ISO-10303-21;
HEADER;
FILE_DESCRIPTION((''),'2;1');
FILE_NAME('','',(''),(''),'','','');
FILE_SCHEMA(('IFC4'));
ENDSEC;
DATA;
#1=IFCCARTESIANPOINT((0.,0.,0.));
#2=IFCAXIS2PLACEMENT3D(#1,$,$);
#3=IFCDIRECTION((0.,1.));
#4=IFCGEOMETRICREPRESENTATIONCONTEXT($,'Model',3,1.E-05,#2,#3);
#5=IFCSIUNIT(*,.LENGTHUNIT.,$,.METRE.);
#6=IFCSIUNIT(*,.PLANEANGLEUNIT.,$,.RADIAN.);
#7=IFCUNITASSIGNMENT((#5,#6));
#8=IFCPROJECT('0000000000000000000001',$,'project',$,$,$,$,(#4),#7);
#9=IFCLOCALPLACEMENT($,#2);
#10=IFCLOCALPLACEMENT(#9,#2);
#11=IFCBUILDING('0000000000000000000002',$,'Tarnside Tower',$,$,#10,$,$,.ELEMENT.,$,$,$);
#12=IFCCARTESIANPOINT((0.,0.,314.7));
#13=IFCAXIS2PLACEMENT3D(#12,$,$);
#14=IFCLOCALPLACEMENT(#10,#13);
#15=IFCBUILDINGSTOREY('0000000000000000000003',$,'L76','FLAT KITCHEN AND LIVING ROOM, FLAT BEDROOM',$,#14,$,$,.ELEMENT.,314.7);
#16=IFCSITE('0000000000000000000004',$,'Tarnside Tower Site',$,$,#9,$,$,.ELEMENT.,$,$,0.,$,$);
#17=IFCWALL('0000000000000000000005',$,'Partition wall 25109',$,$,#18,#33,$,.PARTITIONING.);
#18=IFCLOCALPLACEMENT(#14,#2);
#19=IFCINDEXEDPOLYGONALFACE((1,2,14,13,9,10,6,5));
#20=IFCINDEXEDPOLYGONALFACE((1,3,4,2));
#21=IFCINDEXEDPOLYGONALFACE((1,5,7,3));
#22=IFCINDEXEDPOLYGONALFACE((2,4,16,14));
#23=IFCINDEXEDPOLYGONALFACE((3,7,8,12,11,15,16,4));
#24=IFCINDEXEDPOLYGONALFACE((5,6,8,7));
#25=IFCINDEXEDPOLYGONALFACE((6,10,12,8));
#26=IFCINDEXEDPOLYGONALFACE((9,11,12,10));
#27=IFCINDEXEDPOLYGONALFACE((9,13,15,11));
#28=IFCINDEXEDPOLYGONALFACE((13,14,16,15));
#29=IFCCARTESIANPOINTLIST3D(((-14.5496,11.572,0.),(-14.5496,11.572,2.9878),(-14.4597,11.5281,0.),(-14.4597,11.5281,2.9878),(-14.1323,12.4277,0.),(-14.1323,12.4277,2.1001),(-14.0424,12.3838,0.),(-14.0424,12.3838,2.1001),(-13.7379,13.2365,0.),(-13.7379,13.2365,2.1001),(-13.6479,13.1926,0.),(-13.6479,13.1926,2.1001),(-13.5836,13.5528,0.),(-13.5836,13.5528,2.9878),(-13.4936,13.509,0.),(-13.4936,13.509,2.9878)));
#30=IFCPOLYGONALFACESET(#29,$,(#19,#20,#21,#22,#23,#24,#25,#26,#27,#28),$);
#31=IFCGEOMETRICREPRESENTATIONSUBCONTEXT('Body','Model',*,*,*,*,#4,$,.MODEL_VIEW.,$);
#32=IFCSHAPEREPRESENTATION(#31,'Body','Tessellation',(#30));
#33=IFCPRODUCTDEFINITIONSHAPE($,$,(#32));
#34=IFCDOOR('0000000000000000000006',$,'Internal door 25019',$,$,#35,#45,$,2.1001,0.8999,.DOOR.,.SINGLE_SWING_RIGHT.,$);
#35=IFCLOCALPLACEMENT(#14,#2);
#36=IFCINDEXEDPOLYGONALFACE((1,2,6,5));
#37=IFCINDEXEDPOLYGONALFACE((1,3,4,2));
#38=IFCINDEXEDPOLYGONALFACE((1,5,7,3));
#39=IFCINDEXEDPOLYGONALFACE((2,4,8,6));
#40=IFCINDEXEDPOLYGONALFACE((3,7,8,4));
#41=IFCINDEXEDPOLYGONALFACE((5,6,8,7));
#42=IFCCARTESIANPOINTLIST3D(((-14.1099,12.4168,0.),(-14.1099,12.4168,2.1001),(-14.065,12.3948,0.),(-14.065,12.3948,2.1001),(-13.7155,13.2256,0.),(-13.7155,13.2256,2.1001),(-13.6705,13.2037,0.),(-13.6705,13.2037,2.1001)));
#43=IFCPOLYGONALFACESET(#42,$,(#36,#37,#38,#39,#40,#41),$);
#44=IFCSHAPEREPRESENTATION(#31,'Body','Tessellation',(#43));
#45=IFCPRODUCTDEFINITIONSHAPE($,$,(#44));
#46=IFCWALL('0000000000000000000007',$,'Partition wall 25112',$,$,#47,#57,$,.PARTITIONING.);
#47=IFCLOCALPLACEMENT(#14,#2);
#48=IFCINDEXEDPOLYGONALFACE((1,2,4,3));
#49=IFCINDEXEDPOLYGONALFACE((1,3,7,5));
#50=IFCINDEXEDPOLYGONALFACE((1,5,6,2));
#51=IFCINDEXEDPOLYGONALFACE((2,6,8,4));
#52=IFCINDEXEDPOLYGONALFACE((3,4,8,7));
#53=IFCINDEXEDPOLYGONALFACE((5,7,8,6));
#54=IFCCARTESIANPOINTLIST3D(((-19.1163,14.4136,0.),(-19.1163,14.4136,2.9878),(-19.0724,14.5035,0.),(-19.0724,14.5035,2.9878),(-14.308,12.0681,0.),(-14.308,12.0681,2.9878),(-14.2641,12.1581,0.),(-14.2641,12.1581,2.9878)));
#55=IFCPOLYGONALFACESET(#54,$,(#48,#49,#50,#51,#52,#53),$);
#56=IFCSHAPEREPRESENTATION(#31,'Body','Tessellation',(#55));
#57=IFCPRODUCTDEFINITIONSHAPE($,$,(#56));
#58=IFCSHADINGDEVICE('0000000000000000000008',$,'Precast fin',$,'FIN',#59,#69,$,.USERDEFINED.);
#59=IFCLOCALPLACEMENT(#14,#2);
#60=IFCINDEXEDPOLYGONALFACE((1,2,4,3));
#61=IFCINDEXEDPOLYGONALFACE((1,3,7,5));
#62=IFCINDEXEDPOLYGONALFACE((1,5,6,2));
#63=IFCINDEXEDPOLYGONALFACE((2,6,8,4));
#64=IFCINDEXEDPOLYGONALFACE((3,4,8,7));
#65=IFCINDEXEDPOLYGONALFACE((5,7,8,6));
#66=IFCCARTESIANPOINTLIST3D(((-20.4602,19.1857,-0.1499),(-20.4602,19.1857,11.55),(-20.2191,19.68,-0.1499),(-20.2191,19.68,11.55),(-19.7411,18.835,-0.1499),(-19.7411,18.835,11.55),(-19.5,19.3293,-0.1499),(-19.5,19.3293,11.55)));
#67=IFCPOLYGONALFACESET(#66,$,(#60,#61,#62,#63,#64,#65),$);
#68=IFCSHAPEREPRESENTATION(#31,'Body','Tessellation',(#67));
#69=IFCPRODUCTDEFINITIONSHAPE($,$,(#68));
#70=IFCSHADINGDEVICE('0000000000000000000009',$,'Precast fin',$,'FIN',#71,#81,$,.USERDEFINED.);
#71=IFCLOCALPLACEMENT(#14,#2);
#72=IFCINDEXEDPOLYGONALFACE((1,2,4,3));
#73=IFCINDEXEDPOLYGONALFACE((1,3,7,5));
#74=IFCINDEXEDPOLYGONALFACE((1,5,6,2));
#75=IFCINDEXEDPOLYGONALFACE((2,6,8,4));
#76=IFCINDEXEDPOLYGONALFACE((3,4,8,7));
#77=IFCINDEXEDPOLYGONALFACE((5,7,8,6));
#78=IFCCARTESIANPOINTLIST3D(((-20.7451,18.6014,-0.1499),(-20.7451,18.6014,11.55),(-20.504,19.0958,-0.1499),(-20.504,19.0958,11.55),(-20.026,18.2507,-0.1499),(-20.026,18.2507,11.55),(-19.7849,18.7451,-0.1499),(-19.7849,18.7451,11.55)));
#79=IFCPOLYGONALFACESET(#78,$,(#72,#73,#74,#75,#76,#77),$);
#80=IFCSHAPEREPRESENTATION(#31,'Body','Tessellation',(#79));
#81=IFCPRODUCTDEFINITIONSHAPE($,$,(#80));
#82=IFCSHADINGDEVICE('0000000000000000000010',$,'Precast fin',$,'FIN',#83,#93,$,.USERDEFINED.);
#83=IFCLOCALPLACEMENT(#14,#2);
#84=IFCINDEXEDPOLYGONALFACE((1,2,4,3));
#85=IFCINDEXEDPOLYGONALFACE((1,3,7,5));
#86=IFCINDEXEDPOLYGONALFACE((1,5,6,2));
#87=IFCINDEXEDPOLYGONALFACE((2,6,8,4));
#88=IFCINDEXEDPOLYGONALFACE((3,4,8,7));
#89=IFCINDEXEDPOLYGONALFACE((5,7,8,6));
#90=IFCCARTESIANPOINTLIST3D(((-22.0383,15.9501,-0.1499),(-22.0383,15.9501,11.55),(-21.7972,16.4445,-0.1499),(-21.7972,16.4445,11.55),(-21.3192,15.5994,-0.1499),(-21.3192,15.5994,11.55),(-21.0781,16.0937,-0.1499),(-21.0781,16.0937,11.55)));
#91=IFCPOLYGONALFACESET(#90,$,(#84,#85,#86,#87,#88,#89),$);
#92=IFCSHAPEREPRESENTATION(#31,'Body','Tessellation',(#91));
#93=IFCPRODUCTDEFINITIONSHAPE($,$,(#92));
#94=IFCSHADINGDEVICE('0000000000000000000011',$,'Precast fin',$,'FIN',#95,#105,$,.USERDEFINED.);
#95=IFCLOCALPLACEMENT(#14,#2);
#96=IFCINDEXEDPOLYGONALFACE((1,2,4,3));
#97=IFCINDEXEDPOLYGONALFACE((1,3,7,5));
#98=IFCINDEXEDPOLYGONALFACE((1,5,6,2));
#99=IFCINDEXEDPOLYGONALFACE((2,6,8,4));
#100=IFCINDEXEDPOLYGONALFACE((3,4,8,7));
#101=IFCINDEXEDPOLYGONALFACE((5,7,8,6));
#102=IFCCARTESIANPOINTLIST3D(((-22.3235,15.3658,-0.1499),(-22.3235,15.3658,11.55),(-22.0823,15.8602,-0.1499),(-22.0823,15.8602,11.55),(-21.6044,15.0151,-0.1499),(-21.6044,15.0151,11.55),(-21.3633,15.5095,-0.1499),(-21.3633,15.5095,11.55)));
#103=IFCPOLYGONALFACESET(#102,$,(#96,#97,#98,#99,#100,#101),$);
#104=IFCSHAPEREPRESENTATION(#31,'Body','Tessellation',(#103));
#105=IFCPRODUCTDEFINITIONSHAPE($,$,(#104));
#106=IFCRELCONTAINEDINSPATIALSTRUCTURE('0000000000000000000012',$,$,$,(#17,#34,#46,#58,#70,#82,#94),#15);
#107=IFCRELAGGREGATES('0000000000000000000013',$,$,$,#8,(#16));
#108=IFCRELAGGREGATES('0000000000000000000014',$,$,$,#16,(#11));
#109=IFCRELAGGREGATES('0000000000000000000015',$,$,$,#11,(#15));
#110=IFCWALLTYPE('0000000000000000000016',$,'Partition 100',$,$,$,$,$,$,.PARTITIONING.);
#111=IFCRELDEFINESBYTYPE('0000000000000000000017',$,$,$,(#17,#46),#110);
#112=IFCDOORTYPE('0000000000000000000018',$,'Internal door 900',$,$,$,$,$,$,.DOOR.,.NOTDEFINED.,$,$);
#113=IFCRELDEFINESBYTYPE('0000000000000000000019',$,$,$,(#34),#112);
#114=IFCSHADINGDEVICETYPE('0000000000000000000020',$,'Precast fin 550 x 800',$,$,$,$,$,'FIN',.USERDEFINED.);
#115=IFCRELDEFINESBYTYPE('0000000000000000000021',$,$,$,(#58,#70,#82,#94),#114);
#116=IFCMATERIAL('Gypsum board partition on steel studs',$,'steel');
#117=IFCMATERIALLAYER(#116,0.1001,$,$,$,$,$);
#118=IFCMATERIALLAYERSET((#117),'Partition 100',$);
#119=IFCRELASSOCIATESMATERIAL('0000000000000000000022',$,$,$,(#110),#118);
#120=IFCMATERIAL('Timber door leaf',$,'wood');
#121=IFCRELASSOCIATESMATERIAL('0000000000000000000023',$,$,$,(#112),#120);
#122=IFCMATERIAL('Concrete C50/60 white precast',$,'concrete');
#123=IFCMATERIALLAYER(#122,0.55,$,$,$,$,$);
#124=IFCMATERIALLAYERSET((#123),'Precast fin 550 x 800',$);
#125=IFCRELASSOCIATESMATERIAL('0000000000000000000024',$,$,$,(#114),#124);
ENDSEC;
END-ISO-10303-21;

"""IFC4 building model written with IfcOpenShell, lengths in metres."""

from ifc_helpers import new_model, si_unit, direction, frame, frame_2d, origin, place, context, subcontext, project, spatial, polyline, rectangle, outline, extrude, material, layer, layer_set, type_object, element, fill, save


model = new_model("IFC4")

# Units and contexts
model_context = context("Model", 3, precision=1e-05, world=origin(), true_north=direction((0.0, 1.0)))
body_context = subcontext(model_context, "Body", "Model", "MODEL_VIEW")
ifc_project = project(units=[si_unit("LENGTHUNIT", "METRE"), si_unit("PLANEANGLEUNIT", "RADIAN")], contexts=[model_context])

# Site, building, storey
site_placement = place(None, origin())
site = spatial("IfcSite", under=ifc_project, at=site_placement, Name="Tarnside Tower Site", CompositionType="ELEMENT", RefElevation=0.0)
building_placement = place(site_placement, origin())
building = spatial("IfcBuilding", under=site, at=building_placement, Name="Tarnside Tower", CompositionType="ELEMENT")
storey_placement = place(building_placement, frame((0.0, 0.0, 314.7)))
storey = spatial("IfcBuildingStorey", under=building, at=storey_placement, Name="L76", Description="FLAT KITCHEN AND LIVING ROOM, FLAT BEDROOM", CompositionType="ELEMENT", Elevation=314.7)

# Shared definitions
ifc_material_1 = material(Name="Gypsum board partition on steel studs", Category="steel")

# Wall, opening, door
ifc_layer_1 = layer(ifc_material_1, 0.1001)
ifc_layer_set_1 = layer_set([ifc_layer_1], Name="Partition 100")
wall_type_1 = type_object("IfcWallType", Name="Partition 100", PredefinedType="PARTITIONING", material=ifc_layer_set_1)
wall_1_placement = place(storey_placement, frame((-13.5386, 13.531, 0.0), z_axis=(0.0, 0.0, 1.0), x_axis=(-0.43833, -0.898814, 0.0)))
wall_1 = element("IfcWall", 1, at=wall_1_placement, inside=storey, type_object=wall_type_1, Name="Partition wall 25109", PredefinedType="PARTITIONING", context=body_context, shape_type="SweptSolid", body=[
    extrude(rectangle(XDim=2.2039, YDim=0.1001, at=frame_2d((1.1021, 0.0))), origin(), (0.0, 0.0, 1.0), 2.9878),
])
opening_1_placement = place(wall_1_placement, frame((0.3521, 0.0, 0.0)))
opening_1 = element("IfcOpeningElement", 2, at=opening_1_placement, cuts=wall_1, PredefinedType="OPENING", context=body_context, shape_type="SweptSolid", body=[
    extrude(rectangle(XDim=0.8999, YDim=2.1001, at=frame_2d((0.45, 1.05))), frame((0.0, 0.0601, 0.0), z_axis=(0.0, -1.0, 0.0), x_axis=(1.0, 0.0, 0.0)), (0.0, 0.0, 1.0), 0.1201),
])
ifc_material_2 = material(Name="Timber door leaf", Category="wood")
door_type_1 = type_object("IfcDoorType", Name="Internal door 900", OperationType="NOTDEFINED", PredefinedType="DOOR", material=ifc_material_2)
door_1_placement = place(opening_1_placement, origin())
door_1 = element("IfcDoor", 3, at=door_1_placement, inside=storey, type_object=door_type_1, Name="Internal door 25019", OperationType="SINGLE_SWING_RIGHT", OverallHeight=2.1001, OverallWidth=0.8999, PredefinedType="DOOR", context=body_context, shape_type="SweptSolid", body=[
    extrude(rectangle(XDim=0.8999, YDim=2.1001, at=frame_2d((0.45, 1.05))), frame((0.0, 0.0249, 0.0), z_axis=(0.0, -1.0, 0.0), x_axis=(1.0, 0.0, 0.0)), (0.0, 0.0, 1.0), 0.05),
])
fill(opening_1, door_1)

# Wall
wall_2_placement = place(storey_placement, frame((-19.0942, 14.4585, 0.0), z_axis=(0.0, 0.0, 1.0), x_axis=(0.898774, -0.438412, 0.0)))
element("IfcWall", 4, at=wall_2_placement, inside=storey, type_object=wall_type_1, Name="Partition wall 25112", PredefinedType="PARTITIONING", context=body_context, shape_type="SweptSolid", body=[
    extrude(rectangle(XDim=5.3499, YDim=0.1001, at=frame_2d((2.6748, 0.0))), origin(), (0.0, 0.0, 1.0), 2.9878),
])

# Shading devices
ifc_material_3 = material(Name="Concrete C50/60 white precast", Category="concrete")
ifc_layer_2 = layer(ifc_material_3, 0.55)
ifc_layer_set_2 = layer_set([ifc_layer_2], Name="Precast fin 550 x 800")
shading_device_type = type_object("IfcShadingDeviceType", Name="Precast fin 550 x 800", ElementType="FIN", PredefinedType="USERDEFINED", material=ifc_layer_set_2)
for number, where, z_axis, x_axis, name in (
    (5, (-19.6206, 19.082, -0.1499), (0.438371, 0.898794, 0.0), (-0.898794, 0.438371, 0.0), "Precast fin"),
    (6, (-19.9055, 18.4978, -0.1499), (0.438371, 0.898794, 0.0), (-0.898794, 0.438371, 0.0), "Precast fin"),
    (7, (-21.1987, 15.8464, -0.1499), (0.438371, 0.898794, 0.0), (-0.898794, 0.438371, 0.0), "Precast fin"),
    (8, (-21.4839, 15.2622, -0.1499), (0.438371, 0.898794, 0.0), (-0.898794, 0.438371, 0.0), "Precast fin"),
):
    element("IfcShadingDevice", number, at=place(storey_placement, frame(where, z_axis=z_axis, x_axis=x_axis)), inside=storey, type_object=shading_device_type, Name=name, ObjectType="FIN", PredefinedType="USERDEFINED", context=body_context, shape_type="SweptSolid", body=[
        extrude(outline(polyline([(0.0, 0.0), (0.8, 0.0), (0.8, 11.7), (0.0, 11.7), (0.0, 0.0)])), frame((0.0, 0.0, -0.2749)), (0.0, 0.0, 1.0), 0.55),
    ])

save(model, "model.ifc")
